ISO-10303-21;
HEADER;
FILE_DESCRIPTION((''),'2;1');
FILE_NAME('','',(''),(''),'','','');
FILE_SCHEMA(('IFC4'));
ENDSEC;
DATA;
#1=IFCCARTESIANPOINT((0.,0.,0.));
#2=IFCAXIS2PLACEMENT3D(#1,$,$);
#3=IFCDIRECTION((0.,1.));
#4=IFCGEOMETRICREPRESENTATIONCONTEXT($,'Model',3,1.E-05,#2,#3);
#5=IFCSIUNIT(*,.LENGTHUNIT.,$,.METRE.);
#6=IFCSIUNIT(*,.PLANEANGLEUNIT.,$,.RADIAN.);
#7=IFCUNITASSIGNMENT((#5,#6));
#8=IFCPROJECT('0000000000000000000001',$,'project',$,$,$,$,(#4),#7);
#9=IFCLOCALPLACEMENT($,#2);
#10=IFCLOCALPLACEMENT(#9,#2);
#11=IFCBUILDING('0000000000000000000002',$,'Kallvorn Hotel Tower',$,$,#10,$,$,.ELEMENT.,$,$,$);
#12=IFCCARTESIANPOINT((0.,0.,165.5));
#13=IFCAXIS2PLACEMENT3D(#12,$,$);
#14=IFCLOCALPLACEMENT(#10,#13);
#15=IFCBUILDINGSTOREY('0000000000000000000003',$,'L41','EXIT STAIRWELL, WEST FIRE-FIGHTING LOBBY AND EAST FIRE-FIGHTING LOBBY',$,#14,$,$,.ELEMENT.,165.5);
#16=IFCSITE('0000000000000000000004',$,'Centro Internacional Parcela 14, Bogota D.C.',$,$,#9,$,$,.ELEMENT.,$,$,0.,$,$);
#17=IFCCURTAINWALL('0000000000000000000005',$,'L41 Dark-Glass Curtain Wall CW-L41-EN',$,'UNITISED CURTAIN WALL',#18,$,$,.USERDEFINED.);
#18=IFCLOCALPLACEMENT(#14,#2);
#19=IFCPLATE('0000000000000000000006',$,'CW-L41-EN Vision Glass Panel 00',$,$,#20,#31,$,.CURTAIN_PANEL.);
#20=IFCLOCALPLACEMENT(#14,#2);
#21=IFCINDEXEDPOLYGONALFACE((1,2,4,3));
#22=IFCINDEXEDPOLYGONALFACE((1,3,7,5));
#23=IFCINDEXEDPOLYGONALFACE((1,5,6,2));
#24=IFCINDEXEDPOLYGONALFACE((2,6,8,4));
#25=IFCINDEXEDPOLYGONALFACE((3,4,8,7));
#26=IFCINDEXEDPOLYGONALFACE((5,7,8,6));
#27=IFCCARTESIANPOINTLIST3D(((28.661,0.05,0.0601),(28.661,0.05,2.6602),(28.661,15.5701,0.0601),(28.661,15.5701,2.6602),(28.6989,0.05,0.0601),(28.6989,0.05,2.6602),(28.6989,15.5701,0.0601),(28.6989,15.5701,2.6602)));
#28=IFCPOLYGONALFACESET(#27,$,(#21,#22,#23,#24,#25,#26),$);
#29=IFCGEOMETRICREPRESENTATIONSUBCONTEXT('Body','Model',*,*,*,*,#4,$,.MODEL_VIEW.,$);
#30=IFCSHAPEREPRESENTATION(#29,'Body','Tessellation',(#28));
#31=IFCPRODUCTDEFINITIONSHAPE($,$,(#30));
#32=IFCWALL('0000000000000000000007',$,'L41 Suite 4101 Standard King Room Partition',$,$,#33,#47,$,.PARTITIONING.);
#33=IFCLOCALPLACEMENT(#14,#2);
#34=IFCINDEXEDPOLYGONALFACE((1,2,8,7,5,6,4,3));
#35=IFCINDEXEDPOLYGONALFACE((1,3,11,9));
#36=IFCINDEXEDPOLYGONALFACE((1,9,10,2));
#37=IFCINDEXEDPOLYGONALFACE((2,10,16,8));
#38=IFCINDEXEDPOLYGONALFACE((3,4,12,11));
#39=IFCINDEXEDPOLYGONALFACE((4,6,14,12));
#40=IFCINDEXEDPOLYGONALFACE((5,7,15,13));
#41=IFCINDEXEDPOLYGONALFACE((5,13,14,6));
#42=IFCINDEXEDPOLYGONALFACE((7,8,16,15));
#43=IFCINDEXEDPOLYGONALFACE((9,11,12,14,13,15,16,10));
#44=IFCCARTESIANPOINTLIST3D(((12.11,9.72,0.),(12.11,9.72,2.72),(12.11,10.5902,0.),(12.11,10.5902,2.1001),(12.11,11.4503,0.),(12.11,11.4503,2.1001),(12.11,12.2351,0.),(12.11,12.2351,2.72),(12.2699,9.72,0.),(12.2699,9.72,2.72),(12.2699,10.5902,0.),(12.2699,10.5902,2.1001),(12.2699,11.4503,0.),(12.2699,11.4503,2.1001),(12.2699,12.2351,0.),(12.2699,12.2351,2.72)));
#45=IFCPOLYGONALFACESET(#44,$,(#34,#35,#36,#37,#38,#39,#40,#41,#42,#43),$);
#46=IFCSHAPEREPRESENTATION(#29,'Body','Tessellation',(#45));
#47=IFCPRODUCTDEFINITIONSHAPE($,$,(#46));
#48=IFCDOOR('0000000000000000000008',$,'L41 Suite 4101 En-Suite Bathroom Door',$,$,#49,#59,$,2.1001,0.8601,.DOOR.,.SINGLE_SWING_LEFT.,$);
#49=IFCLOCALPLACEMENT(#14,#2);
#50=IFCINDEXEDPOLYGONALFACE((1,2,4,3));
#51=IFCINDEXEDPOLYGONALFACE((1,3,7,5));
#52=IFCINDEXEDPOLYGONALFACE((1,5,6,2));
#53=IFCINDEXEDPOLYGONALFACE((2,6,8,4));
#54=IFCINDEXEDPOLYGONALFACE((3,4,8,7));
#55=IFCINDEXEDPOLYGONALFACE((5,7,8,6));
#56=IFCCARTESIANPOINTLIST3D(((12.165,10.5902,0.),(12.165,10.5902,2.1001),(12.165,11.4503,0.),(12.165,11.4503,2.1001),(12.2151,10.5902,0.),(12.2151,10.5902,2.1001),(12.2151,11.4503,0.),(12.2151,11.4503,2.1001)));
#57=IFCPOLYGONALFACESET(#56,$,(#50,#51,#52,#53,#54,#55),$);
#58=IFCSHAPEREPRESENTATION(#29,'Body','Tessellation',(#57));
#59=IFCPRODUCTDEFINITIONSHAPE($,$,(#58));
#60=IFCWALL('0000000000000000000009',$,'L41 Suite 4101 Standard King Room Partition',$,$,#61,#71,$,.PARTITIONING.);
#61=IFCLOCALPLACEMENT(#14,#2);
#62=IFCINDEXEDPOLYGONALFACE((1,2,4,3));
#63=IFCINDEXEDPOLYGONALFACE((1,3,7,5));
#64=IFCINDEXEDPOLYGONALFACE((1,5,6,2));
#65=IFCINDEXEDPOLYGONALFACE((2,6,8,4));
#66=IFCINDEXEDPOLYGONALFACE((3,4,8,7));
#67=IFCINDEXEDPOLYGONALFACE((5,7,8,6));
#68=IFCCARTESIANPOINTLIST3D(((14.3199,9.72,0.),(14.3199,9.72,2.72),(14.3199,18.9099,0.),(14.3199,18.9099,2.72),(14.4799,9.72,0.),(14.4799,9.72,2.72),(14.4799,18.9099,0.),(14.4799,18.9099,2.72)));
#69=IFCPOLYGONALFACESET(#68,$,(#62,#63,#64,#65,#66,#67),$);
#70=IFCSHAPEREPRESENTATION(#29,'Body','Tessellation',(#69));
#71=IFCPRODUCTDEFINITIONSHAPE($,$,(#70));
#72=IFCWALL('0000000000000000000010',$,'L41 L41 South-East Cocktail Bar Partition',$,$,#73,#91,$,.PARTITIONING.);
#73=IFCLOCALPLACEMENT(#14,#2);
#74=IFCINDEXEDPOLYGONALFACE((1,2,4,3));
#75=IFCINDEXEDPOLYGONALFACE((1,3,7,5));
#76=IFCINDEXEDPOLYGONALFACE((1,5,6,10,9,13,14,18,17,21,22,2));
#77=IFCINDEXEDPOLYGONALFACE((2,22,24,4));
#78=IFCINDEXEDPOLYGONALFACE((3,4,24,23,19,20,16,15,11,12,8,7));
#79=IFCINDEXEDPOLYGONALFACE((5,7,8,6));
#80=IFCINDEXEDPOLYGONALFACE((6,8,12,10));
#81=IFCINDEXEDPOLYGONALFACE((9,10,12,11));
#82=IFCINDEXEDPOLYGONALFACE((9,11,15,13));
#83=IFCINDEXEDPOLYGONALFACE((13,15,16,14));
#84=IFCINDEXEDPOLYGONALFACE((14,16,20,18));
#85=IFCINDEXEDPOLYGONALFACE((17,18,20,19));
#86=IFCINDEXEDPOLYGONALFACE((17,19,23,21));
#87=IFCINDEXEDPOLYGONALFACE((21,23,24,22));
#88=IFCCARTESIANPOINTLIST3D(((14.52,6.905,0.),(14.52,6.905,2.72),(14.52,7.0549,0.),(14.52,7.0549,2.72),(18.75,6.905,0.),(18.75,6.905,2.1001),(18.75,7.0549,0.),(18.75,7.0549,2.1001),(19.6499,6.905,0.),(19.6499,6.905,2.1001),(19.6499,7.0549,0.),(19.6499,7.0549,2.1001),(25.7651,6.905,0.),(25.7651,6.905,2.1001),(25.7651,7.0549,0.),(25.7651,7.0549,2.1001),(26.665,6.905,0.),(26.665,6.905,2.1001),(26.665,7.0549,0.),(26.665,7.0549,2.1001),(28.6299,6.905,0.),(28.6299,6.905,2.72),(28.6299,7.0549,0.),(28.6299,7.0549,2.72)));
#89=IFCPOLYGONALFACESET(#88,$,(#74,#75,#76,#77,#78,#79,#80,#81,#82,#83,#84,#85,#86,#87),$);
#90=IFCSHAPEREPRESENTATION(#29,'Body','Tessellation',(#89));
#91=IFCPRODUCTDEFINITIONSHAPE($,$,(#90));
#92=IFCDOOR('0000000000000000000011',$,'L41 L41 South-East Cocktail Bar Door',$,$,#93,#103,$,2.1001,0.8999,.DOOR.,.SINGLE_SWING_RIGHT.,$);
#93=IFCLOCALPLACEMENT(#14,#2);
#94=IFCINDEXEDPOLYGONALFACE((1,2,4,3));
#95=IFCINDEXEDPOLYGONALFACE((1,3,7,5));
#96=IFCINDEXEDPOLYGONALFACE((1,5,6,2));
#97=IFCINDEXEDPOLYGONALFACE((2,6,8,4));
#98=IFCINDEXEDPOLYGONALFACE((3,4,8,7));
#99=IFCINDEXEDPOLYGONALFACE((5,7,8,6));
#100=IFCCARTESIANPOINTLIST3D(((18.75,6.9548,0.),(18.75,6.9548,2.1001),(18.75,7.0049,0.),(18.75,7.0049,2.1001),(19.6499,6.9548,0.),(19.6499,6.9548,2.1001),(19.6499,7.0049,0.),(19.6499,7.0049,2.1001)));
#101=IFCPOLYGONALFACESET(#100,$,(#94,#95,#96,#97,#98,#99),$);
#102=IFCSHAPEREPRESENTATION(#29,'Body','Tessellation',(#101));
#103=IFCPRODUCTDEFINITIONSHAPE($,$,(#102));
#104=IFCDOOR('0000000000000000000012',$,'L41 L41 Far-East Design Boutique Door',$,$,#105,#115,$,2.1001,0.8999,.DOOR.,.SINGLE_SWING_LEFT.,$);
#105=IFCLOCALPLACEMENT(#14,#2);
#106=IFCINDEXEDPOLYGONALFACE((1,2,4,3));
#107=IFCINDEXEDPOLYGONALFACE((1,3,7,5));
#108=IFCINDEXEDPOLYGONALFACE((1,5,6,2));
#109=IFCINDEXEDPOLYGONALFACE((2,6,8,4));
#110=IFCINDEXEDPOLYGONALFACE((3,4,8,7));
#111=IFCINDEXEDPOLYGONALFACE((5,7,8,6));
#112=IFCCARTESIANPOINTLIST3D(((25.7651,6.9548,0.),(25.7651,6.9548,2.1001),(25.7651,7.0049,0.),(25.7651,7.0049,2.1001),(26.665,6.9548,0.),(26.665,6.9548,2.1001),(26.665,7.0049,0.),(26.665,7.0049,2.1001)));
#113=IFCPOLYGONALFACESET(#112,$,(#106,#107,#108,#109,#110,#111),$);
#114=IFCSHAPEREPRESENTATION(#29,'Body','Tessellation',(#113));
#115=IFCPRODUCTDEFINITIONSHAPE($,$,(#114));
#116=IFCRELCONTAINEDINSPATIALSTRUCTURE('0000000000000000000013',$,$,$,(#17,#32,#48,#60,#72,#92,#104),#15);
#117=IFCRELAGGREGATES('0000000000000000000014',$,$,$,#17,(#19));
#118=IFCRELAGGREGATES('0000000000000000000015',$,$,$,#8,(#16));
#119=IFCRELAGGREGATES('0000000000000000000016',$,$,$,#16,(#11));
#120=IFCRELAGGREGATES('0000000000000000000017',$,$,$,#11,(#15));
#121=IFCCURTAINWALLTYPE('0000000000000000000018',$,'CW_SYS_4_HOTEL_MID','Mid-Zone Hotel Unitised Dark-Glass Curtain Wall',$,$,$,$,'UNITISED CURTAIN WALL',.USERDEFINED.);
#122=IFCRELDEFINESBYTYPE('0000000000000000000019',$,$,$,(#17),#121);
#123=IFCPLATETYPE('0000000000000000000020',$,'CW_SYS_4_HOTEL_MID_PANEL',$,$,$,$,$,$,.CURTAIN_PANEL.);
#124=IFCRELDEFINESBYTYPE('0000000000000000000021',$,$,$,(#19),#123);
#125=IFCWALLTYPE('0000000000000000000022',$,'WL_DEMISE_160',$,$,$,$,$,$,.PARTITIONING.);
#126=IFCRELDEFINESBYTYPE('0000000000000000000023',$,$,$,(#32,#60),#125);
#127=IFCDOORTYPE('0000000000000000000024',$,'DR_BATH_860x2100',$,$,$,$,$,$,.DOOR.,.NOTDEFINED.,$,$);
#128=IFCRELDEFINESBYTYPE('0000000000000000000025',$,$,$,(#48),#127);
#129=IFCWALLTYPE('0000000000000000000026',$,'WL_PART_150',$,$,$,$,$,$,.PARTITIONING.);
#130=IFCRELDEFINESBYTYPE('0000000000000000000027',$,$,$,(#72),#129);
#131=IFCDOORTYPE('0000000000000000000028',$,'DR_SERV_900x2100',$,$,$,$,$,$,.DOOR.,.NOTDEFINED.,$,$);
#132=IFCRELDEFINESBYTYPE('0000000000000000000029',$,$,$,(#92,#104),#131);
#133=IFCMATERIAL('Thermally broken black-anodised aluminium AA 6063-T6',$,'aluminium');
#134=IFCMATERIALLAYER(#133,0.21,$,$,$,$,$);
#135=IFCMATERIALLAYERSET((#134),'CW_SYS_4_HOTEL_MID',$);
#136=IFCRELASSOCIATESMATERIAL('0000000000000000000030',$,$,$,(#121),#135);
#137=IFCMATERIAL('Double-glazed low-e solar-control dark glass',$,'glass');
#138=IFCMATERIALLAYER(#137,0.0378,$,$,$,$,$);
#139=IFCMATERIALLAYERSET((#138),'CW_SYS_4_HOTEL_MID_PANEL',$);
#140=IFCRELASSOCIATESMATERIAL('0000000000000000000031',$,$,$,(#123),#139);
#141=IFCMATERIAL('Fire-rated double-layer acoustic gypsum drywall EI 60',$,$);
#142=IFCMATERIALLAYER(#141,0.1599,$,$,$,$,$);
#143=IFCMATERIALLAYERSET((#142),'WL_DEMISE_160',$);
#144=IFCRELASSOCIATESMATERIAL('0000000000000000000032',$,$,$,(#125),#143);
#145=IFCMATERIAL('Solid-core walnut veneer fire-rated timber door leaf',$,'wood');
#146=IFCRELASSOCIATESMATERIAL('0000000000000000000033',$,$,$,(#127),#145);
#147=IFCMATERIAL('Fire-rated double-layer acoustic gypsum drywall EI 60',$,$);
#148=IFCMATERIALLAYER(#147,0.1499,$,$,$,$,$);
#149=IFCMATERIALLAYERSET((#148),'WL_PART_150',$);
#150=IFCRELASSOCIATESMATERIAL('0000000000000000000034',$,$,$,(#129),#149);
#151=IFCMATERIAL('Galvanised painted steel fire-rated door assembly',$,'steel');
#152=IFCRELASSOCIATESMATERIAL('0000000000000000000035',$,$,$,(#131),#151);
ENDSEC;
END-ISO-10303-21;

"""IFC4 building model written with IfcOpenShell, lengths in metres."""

from ifc_helpers import new_model, si_unit, direction, frame, frame_2d, origin, origin_2d, place, context, subcontext, project, spatial, rectangle, extrude, material, layer, layer_set, type_object, element, fill, aggregate, save


model = new_model("IFC4")

# Units and contexts
model_context = context("Model", 3, precision=1e-05, world=origin(), true_north=direction((0.0, 1.0)))
body_context = subcontext(model_context, "Body", "Model", "MODEL_VIEW")
ifc_project = project(units=[si_unit("LENGTHUNIT", "METRE"), si_unit("PLANEANGLEUNIT", "RADIAN")], contexts=[model_context])

# Site, building, storey
site_placement = place(None, origin())
site = spatial("IfcSite", under=ifc_project, at=site_placement, Name="Centro Internacional Parcela 14, Bogota D.C.", CompositionType="ELEMENT", RefElevation=0.0)
building_placement = place(site_placement, origin())
building = spatial("IfcBuilding", under=site, at=building_placement, Name="Kallvorn Hotel Tower", CompositionType="ELEMENT")
storey_placement = place(building_placement, frame((0.0, 0.0, 165.5)))
storey = spatial("IfcBuildingStorey", under=building, at=storey_placement, Name="L41", Description="EXIT STAIRWELL, WEST FIRE-FIGHTING LOBBY AND EAST FIRE-FIGHTING LOBBY", CompositionType="ELEMENT", Elevation=165.5)

# Curtain wall, plate
ifc_material_1 = material(Name="Thermally broken black-anodised aluminium AA 6063-T6", Category="aluminium")
ifc_layer_1 = layer(ifc_material_1, 0.21)
ifc_layer_set_1 = layer_set([ifc_layer_1], Name="CW_SYS_4_HOTEL_MID")
curtain_wall_type = type_object("IfcCurtainWallType", Name="CW_SYS_4_HOTEL_MID", Description="Mid-Zone Hotel Unitised Dark-Glass Curtain Wall", ElementType="UNITISED CURTAIN WALL", PredefinedType="USERDEFINED", material=ifc_layer_set_1)
curtain_wall_placement = place(storey_placement, origin())
curtain_wall = element("IfcCurtainWall", 1, at=curtain_wall_placement, inside=storey, type_object=curtain_wall_type, Name="L41 Dark-Glass Curtain Wall CW-L41-EN", ObjectType="UNITISED CURTAIN WALL", PredefinedType="USERDEFINED")
ifc_material_2 = material(Name="Double-glazed low-e solar-control dark glass", Category="glass")
ifc_layer_2 = layer(ifc_material_2, 0.0378)
ifc_layer_set_2 = layer_set([ifc_layer_2], Name="CW_SYS_4_HOTEL_MID_PANEL")
plate_type = type_object("IfcPlateType", Name="CW_SYS_4_HOTEL_MID_PANEL", PredefinedType="CURTAIN_PANEL", material=ifc_layer_set_2)
plate_placement = place(storey_placement, frame((28.6799, 7.8101, 0.0601), z_axis=(0.0, 0.0, 1.0), x_axis=(0.0, 1.0, 0.0)))
plate = element("IfcPlate", 2, at=plate_placement, type_object=plate_type, Name="CW-L41-EN Vision Glass Panel 00", PredefinedType="CURTAIN_PANEL", context=body_context, shape_type="SweptSolid", body=[
    extrude(rectangle(XDim=15.52, YDim=0.0378, at=origin_2d()), origin(), (0.0, 0.0, 1.0), 2.6001),
])
aggregate(curtain_wall, [plate])

# Wall, opening, door
ifc_material_3 = material(Name="Fire-rated double-layer acoustic gypsum drywall EI 60")
ifc_layer_3 = layer(ifc_material_3, 0.1599)
ifc_layer_set_3 = layer_set([ifc_layer_3], Name="WL_DEMISE_160")
wall_type_1 = type_object("IfcWallType", Name="WL_DEMISE_160", PredefinedType="PARTITIONING", material=ifc_layer_set_3)
wall_1_placement = place(storey_placement, frame((12.1899, 9.72, 0.0), z_axis=(0.0, 0.0, 1.0), x_axis=(0.0, 1.0, 0.0)))
wall_1 = element("IfcWall", 3, at=wall_1_placement, inside=storey, type_object=wall_type_1, Name="L41 Suite 4101 Standard King Room Partition", PredefinedType="PARTITIONING", context=body_context, shape_type="SweptSolid", body=[
    extrude(rectangle(XDim=2.5151, YDim=0.1599, at=frame_2d((1.2576, 0.0))), origin(), (0.0, 0.0, 1.0), 2.72),
])
opening_1_placement = place(wall_1_placement, frame((0.8701, 0.0, 0.0)))
opening_1 = element("IfcOpeningElement", 4, at=opening_1_placement, cuts=wall_1, PredefinedType="OPENING", context=body_context, shape_type="SweptSolid", body=[
    extrude(rectangle(XDim=0.8601, YDim=2.1001, at=frame_2d((0.4302, 1.05))), frame((0.0, 0.095, 0.0), z_axis=(0.0, -1.0, 0.0), x_axis=(1.0, 0.0, 0.0)), (0.0, 0.0, 1.0), 0.1899),
])
ifc_material_4 = material(Name="Solid-core walnut veneer fire-rated timber door leaf", Category="wood")
door_type_1 = type_object("IfcDoorType", Name="DR_BATH_860x2100", OperationType="NOTDEFINED", PredefinedType="DOOR", material=ifc_material_4)
door_1_placement = place(opening_1_placement, origin())
door_1 = element("IfcDoor", 5, at=door_1_placement, inside=storey, type_object=door_type_1, Name="L41 Suite 4101 En-Suite Bathroom Door", OperationType="SINGLE_SWING_LEFT", OverallHeight=2.1001, OverallWidth=0.8601, PredefinedType="DOOR", context=body_context, shape_type="SweptSolid", body=[
    extrude(rectangle(XDim=0.8601, YDim=2.1001, at=frame_2d((0.4302, 1.05))), frame((0.0, 0.0249, 0.0), z_axis=(0.0, -1.0, 0.0), x_axis=(1.0, 0.0, 0.0)), (0.0, 0.0, 1.0), 0.05),
])
fill(opening_1, door_1)

# Wall
wall_2_placement = place(storey_placement, frame((14.3999, 9.72, 0.0), z_axis=(0.0, 0.0, 1.0), x_axis=(0.0, 1.0, 0.0)))
element("IfcWall", 6, at=wall_2_placement, inside=storey, type_object=wall_type_1, Name="L41 Suite 4101 Standard King Room Partition", PredefinedType="PARTITIONING", context=body_context, shape_type="SweptSolid", body=[
    extrude(rectangle(XDim=9.1899, YDim=0.1599, at=frame_2d((4.595, 0.0))), origin(), (0.0, 0.0, 1.0), 2.72),
])

# Wall, openings, doors
ifc_material_5 = material(Name="Fire-rated double-layer acoustic gypsum drywall EI 60")
ifc_layer_4 = layer(ifc_material_5, 0.1499)
ifc_layer_set_4 = layer_set([ifc_layer_4], Name="WL_PART_150")
wall_type_2 = type_object("IfcWallType", Name="WL_PART_150", PredefinedType="PARTITIONING", material=ifc_layer_set_4)
wall_3_placement = place(storey_placement, frame((14.52, 6.98, 0.0), z_axis=(0.0, 0.0, 1.0), x_axis=(1.0, 0.0, 0.0)))
wall_3 = element("IfcWall", 7, at=wall_3_placement, inside=storey, type_object=wall_type_2, Name="L41 L41 South-East Cocktail Bar Partition", PredefinedType="PARTITIONING", context=body_context, shape_type="SweptSolid", body=[
    extrude(rectangle(XDim=14.1099, YDim=0.1499, at=frame_2d((7.0549, 0.0))), origin(), (0.0, 0.0, 1.0), 2.72),
])
opening_2_placement = place(wall_3_placement, frame((4.23, 0.0, 0.0)))
opening_2 = element("IfcOpeningElement", 8, at=opening_2_placement, cuts=wall_3, PredefinedType="OPENING", context=body_context, shape_type="SweptSolid", body=[
    extrude(rectangle(XDim=0.8999, YDim=2.1001, at=frame_2d((0.45, 1.05))), frame((0.0, 0.0898, 0.0), z_axis=(0.0, -1.0, 0.0), x_axis=(1.0, 0.0, 0.0)), (0.0, 0.0, 1.0), 0.1799),
])
opening_3_placement = place(wall_3_placement, frame((11.2451, 0.0, 0.0)))
opening_3 = element("IfcOpeningElement", 9, at=opening_3_placement, cuts=wall_3, PredefinedType="OPENING", context=body_context, shape_type="SweptSolid", body=[
    extrude(rectangle(XDim=0.8999, YDim=2.1001, at=frame_2d((0.45, 1.05))), frame((0.0, 0.0898, 0.0), z_axis=(0.0, -1.0, 0.0), x_axis=(1.0, 0.0, 0.0)), (0.0, 0.0, 1.0), 0.1799),
])
ifc_material_6 = material(Name="Galvanised painted steel fire-rated door assembly", Category="steel")
door_type_2 = type_object("IfcDoorType", Name="DR_SERV_900x2100", OperationType="NOTDEFINED", PredefinedType="DOOR", material=ifc_material_6)
door_2_placement = place(opening_2_placement, origin())
door_2 = element("IfcDoor", 10, at=door_2_placement, inside=storey, type_object=door_type_2, Name="L41 L41 South-East Cocktail Bar Door", OperationType="SINGLE_SWING_RIGHT", OverallHeight=2.1001, OverallWidth=0.8999, PredefinedType="DOOR", context=body_context, shape_type="SweptSolid", body=[
    extrude(rectangle(XDim=0.8999, YDim=2.1001, at=frame_2d((0.45, 1.05))), frame((0.0, 0.0249, 0.0), z_axis=(0.0, -1.0, 0.0), x_axis=(1.0, 0.0, 0.0)), (0.0, 0.0, 1.0), 0.05),
])
fill(opening_2, door_2)
door_3_placement = place(opening_3_placement, origin())
door_3 = element("IfcDoor", 11, at=door_3_placement, inside=storey, type_object=door_type_2, Name="L41 L41 Far-East Design Boutique Door", OperationType="SINGLE_SWING_LEFT", OverallHeight=2.1001, OverallWidth=0.8999, PredefinedType="DOOR", context=body_context, shape_type="SweptSolid", body=[
    extrude(rectangle(XDim=0.8999, YDim=2.1001, at=frame_2d((0.45, 1.05))), frame((0.0, 0.0249, 0.0), z_axis=(0.0, -1.0, 0.0), x_axis=(1.0, 0.0, 0.0)), (0.0, 0.0, 1.0), 0.05),
])
fill(opening_3, door_3)

save(model, "model.ifc")
